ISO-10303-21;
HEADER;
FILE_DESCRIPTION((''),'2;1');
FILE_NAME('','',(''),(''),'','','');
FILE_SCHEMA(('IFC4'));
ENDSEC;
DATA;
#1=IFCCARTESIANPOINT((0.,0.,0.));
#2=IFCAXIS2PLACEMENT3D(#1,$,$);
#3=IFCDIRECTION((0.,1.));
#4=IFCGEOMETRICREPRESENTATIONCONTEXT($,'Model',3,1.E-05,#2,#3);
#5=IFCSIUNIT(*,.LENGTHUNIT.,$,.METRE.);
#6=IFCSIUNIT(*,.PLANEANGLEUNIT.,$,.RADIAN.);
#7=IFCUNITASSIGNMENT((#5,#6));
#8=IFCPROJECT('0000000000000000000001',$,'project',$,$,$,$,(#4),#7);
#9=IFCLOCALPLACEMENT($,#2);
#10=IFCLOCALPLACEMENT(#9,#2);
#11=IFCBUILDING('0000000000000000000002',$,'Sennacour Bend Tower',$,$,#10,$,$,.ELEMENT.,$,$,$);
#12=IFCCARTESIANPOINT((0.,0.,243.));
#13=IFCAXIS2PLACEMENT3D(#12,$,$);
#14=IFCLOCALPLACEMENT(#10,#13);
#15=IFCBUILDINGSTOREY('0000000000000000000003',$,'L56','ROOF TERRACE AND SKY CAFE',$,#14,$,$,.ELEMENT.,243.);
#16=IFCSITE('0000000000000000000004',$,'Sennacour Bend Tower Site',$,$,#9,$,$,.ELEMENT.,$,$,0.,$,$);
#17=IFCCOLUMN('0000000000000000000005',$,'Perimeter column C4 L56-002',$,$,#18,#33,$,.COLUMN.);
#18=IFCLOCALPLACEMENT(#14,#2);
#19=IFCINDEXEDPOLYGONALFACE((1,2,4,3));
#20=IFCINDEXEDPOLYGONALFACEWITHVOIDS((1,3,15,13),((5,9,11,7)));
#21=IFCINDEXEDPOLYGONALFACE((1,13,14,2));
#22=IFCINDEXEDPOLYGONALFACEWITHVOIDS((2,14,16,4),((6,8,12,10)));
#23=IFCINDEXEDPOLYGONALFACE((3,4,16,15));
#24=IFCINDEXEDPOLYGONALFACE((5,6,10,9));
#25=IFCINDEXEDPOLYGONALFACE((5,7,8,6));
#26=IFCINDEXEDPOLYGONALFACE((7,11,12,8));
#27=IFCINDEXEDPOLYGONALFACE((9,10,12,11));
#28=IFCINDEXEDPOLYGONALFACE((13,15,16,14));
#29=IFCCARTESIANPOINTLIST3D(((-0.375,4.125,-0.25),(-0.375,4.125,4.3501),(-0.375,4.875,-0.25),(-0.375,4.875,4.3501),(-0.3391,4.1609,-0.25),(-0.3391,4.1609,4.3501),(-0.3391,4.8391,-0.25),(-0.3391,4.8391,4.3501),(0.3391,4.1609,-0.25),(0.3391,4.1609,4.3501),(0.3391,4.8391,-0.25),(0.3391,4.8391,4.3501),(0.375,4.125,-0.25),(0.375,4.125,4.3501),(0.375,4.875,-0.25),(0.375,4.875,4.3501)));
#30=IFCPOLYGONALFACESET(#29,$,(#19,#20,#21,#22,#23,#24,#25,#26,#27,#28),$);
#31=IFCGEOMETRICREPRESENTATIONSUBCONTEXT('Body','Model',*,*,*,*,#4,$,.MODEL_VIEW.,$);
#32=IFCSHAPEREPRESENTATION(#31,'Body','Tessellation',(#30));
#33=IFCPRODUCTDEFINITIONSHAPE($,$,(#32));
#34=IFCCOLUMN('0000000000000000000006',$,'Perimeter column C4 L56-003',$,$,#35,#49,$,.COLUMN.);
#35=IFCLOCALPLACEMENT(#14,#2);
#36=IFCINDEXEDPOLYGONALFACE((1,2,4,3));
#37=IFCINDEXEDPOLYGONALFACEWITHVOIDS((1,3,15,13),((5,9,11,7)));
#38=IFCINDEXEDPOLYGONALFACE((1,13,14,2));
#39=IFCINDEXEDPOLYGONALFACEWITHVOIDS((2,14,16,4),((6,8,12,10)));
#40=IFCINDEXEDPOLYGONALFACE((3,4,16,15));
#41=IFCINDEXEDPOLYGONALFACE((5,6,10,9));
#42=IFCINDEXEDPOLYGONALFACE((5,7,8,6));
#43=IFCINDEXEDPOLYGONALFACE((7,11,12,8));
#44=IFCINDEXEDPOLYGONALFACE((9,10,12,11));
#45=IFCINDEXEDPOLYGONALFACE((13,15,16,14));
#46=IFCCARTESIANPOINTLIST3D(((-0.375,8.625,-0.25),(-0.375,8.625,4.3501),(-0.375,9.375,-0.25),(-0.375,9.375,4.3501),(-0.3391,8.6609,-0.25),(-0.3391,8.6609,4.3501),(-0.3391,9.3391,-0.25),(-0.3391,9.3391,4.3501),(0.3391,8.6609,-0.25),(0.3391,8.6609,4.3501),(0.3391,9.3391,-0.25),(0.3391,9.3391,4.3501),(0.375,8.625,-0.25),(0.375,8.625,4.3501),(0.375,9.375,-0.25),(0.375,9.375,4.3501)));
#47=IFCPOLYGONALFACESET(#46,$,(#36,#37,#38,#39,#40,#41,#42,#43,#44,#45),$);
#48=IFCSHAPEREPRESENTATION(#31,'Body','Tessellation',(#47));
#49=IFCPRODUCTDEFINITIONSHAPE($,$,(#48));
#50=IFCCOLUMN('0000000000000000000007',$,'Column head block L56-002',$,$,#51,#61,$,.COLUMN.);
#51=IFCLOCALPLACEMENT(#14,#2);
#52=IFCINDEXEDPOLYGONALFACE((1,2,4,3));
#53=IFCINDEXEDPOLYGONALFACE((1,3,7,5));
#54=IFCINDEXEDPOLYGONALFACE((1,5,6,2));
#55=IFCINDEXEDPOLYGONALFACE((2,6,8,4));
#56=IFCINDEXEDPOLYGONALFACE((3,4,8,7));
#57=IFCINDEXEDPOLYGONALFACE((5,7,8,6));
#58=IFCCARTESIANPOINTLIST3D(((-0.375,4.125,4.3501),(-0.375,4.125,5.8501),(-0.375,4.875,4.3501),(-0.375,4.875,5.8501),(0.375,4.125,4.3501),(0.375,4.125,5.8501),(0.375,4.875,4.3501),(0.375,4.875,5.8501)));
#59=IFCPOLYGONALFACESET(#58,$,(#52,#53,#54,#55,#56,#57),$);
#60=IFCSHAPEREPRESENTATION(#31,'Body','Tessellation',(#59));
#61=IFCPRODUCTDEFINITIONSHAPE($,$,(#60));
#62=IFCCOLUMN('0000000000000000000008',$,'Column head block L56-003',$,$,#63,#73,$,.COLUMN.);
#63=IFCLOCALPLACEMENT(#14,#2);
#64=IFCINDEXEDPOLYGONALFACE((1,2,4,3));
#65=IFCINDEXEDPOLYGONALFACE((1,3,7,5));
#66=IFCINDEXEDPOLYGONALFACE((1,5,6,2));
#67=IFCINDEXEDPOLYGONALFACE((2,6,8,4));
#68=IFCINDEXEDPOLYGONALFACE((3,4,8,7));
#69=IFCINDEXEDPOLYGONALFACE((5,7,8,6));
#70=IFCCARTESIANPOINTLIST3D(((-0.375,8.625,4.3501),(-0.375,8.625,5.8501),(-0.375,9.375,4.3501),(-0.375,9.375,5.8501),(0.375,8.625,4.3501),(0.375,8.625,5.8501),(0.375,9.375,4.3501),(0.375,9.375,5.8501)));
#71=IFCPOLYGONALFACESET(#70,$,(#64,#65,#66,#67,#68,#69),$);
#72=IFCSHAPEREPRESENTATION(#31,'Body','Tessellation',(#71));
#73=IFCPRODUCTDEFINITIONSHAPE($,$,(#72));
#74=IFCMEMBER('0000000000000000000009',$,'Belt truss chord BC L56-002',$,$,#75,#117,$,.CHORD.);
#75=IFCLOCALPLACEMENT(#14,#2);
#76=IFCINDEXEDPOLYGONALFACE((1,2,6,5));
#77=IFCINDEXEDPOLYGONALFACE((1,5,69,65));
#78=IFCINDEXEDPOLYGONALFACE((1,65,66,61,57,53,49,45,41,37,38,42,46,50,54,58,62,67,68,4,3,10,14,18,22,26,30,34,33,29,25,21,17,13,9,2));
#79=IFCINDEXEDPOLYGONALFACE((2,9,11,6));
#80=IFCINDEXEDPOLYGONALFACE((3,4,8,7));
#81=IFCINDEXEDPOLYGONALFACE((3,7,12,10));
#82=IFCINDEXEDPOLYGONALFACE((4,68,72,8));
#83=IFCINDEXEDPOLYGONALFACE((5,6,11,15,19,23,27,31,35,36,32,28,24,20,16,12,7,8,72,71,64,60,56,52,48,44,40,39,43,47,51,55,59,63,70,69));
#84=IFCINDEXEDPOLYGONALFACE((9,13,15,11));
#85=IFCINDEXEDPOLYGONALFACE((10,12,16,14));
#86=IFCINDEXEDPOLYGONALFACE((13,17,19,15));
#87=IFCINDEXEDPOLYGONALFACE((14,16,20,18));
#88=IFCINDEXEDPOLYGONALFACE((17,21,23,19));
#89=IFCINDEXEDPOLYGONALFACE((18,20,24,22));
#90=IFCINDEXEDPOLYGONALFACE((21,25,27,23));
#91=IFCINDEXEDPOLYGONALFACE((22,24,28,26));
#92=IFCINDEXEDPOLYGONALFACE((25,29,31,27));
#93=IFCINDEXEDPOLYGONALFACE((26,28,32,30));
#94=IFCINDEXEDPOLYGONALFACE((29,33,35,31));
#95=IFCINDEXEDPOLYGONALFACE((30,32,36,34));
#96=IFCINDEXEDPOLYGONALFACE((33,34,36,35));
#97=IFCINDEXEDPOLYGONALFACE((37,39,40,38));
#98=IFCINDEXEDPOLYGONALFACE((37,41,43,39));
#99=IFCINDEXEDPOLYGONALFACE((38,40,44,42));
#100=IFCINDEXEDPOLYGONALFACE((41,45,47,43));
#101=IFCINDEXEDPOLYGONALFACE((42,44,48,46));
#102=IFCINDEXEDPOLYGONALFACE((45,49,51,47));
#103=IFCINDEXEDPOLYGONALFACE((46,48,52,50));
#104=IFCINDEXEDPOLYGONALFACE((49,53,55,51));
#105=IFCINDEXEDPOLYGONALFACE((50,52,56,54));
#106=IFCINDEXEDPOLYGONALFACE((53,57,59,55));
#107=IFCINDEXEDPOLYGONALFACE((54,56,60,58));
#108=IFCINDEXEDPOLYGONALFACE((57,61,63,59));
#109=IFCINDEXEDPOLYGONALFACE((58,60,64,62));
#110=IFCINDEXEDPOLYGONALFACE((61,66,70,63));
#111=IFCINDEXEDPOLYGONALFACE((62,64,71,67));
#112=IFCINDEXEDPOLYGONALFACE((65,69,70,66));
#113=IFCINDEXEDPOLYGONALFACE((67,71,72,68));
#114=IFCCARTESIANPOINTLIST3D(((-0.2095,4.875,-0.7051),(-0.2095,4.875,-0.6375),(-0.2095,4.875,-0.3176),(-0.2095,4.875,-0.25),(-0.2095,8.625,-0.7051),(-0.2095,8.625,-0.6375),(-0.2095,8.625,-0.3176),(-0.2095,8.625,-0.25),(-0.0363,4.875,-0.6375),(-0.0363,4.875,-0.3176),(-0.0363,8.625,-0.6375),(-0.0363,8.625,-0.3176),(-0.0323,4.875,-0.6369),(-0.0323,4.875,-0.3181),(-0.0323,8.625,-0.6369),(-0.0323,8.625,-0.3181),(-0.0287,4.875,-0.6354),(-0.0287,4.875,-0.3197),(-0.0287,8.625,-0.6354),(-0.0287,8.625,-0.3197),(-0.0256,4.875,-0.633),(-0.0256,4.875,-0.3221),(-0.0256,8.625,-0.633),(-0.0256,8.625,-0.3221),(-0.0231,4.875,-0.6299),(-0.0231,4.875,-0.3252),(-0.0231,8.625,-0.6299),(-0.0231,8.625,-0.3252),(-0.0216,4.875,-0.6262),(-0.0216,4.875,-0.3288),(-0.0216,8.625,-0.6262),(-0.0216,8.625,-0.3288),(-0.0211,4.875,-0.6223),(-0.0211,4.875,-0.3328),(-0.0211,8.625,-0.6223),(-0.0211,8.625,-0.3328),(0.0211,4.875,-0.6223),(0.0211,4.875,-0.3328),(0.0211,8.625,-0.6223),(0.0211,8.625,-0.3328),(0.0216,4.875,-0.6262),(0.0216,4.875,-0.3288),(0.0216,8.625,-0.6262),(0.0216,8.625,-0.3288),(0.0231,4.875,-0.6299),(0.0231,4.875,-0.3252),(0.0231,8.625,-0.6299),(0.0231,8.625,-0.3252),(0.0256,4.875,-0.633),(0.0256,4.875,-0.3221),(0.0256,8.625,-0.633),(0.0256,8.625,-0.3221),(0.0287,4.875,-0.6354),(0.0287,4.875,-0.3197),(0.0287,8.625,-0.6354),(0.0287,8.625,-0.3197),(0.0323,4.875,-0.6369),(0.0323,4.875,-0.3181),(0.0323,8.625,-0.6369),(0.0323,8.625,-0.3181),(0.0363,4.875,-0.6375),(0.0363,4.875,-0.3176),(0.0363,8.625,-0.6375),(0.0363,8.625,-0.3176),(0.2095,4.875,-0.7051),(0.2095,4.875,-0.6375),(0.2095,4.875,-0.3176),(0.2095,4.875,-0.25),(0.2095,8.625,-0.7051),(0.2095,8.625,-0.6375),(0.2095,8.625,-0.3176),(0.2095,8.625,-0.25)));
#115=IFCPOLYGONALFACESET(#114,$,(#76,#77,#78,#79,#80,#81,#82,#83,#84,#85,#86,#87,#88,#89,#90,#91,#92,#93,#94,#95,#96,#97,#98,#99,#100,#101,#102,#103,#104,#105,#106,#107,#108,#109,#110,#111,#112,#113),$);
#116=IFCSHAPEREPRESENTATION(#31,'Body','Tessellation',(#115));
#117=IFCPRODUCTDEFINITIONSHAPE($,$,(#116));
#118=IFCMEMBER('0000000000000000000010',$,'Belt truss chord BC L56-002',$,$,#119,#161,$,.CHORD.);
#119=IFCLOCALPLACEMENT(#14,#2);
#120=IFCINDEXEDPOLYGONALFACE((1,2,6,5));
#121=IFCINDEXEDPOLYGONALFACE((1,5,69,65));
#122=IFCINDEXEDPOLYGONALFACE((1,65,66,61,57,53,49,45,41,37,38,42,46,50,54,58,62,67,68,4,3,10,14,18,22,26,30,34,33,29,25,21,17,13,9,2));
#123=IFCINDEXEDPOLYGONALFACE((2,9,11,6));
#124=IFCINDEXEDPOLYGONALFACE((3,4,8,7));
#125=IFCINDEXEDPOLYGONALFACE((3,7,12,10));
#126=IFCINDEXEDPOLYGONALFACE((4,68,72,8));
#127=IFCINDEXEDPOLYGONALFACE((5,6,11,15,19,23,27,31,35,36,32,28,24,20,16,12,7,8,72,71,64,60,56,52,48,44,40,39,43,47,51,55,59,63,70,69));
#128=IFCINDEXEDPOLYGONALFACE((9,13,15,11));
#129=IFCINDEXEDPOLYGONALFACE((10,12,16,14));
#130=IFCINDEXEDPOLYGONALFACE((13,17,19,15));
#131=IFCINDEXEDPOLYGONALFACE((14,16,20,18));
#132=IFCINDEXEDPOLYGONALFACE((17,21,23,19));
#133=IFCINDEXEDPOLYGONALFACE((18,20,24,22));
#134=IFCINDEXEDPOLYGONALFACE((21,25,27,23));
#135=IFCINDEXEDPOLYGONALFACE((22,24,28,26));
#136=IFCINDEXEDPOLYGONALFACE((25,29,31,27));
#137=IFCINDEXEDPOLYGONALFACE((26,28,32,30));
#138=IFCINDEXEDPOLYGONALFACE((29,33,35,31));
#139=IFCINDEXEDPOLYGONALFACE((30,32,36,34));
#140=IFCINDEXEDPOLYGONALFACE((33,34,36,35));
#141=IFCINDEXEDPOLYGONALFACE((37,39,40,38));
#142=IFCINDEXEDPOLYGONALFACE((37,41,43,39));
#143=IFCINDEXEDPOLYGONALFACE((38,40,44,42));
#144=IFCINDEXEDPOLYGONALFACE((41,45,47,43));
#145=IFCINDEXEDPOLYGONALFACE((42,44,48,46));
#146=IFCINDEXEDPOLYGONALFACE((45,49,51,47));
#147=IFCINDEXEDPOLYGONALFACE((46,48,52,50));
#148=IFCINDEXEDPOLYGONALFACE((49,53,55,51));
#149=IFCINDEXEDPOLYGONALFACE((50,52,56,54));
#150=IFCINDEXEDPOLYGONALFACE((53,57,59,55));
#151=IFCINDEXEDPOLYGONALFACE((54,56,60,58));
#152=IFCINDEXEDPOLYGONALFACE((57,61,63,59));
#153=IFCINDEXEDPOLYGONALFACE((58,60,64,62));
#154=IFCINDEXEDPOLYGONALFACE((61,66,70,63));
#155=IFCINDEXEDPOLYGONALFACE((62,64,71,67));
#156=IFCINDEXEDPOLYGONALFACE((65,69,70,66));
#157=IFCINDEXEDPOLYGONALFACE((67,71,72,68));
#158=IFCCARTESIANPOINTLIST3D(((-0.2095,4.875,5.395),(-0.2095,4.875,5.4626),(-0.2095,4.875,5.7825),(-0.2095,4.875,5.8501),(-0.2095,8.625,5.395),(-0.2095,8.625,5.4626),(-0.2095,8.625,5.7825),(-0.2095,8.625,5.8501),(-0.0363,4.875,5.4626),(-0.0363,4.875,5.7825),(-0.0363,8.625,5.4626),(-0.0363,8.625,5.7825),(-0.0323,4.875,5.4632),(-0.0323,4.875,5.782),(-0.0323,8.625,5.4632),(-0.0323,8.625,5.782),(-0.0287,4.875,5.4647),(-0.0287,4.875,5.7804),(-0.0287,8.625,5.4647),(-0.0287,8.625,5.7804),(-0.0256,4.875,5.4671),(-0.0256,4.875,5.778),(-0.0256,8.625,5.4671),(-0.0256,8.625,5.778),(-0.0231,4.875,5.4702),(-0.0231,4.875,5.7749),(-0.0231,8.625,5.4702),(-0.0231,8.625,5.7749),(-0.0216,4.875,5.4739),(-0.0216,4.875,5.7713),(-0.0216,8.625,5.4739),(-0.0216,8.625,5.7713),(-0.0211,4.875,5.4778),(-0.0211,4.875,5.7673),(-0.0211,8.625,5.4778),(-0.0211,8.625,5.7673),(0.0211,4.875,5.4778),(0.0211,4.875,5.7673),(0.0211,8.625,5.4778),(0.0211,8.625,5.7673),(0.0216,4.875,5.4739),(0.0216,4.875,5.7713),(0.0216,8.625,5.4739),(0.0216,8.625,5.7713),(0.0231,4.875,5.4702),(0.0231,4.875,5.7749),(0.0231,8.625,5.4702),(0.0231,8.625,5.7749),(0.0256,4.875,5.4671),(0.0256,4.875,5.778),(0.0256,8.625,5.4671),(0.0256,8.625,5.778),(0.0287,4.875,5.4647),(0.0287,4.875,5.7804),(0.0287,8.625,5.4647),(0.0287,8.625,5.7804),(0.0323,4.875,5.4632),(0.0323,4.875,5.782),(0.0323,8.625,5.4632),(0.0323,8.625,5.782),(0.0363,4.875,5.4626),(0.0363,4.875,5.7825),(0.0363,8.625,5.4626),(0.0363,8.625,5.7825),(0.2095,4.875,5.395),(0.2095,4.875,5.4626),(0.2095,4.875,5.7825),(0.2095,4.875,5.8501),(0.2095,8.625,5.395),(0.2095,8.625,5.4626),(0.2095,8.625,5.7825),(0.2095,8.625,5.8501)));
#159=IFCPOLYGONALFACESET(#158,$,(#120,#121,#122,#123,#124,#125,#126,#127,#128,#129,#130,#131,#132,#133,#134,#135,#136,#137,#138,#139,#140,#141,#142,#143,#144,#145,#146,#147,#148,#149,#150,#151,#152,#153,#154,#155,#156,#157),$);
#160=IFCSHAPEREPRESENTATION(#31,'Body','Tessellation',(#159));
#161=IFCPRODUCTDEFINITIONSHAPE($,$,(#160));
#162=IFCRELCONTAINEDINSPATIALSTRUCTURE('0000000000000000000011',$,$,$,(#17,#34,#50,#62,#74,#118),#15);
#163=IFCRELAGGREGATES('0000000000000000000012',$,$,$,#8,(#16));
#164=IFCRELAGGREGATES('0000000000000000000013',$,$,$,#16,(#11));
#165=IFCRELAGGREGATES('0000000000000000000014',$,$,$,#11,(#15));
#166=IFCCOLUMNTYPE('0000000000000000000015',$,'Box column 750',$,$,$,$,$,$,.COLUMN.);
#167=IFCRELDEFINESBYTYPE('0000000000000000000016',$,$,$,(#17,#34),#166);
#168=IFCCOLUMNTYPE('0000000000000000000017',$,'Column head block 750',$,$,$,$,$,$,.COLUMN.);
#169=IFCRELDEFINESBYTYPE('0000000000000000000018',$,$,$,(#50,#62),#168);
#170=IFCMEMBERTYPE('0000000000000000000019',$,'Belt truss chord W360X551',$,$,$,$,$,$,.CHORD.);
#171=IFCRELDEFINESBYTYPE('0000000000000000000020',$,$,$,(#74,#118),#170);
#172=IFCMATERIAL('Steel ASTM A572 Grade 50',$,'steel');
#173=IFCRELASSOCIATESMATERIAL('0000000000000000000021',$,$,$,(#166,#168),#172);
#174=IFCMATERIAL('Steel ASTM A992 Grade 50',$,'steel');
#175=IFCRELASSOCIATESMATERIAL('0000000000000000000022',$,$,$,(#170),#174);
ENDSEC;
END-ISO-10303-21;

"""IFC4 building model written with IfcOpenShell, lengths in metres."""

from ifc_helpers import new_model, si_unit, direction, frame, origin, origin_2d, place, context, subcontext, project, spatial, rectangle, hollow_rectangle, i_section, extrude, material, material_profile, profile_set, type_object, element, save


model = new_model("IFC4")

# Units and contexts
model_context = context("Model", 3, precision=1e-05, world=origin(), true_north=direction((0.0, 1.0)))
body_context = subcontext(model_context, "Body", "Model", "MODEL_VIEW")
ifc_project = project(units=[si_unit("LENGTHUNIT", "METRE"), si_unit("PLANEANGLEUNIT", "RADIAN")], contexts=[model_context])

# Site, building, storey
site_placement = place(None, origin())
site = spatial("IfcSite", under=ifc_project, at=site_placement, Name="Sennacour Bend Tower Site", CompositionType="ELEMENT", RefElevation=0.0)
building_placement = place(site_placement, origin())
building = spatial("IfcBuilding", under=site, at=building_placement, Name="Sennacour Bend Tower", CompositionType="ELEMENT")
storey_placement = place(building_placement, frame((0.0, 0.0, 243.0)))
storey = spatial("IfcBuildingStorey", under=building, at=storey_placement, Name="L56", Description="ROOF TERRACE AND SKY CAFE", CompositionType="ELEMENT", Elevation=243.0)

# Columns
ifc_material_1 = material(Name="Steel ASTM A572 Grade 50", Category="steel")
ifc_material_profile_1 = material_profile(ifc_material_1, hollow_rectangle(XDim=0.75, YDim=0.75, WallThickness=0.0359, at=origin_2d()), Name="Steel ASTM A572 Grade 50", Category="steel")
ifc_profile_set_1 = profile_set([ifc_material_profile_1], Name="Steel ASTM A572 Grade 50")
column_type_1 = type_object("IfcColumnType", Name="Box column 750", PredefinedType="COLUMN", material=ifc_profile_set_1)
for number, where, z_axis, x_axis, name in (
    (1, (0.0, 4.5, -0.25), (0.0, 0.0, 1.0), (1.0, 0.0, 0.0), "Perimeter column C4 L56-002"),
    (2, (0.0, 9.0, -0.25), (0.0, 0.0, 1.0), (1.0, 0.0, 0.0), "Perimeter column C4 L56-003"),
):
    element("IfcColumn", number, at=place(storey_placement, frame(where, z_axis=z_axis, x_axis=x_axis)), inside=storey, type_object=column_type_1, Name=name, PredefinedType="COLUMN", context=body_context, shape_type="SweptSolid", body=[
        extrude(hollow_rectangle(XDim=0.75, YDim=0.75, WallThickness=0.0359, at=origin_2d()), origin(), (0.0, 0.0, 1.0), 4.6001),
    ])
ifc_material_profile_2 = material_profile(ifc_material_1, rectangle(XDim=0.75, YDim=0.75, at=origin_2d()), Name="Steel ASTM A572 Grade 50", Category="steel")
ifc_profile_set_2 = profile_set([ifc_material_profile_2], Name="Steel ASTM A572 Grade 50")
column_type_2 = type_object("IfcColumnType", Name="Column head block 750", PredefinedType="COLUMN", material=ifc_profile_set_2)
for number, where, z_axis, x_axis, name in (
    (3, (0.0, 4.5, 4.3501), (0.0, 0.0, 1.0), (1.0, 0.0, 0.0), "Column head block L56-002"),
    (4, (0.0, 9.0, 4.3501), (0.0, 0.0, 1.0), (1.0, 0.0, 0.0), "Column head block L56-003"),
):
    element("IfcColumn", number, at=place(storey_placement, frame(where, z_axis=z_axis, x_axis=x_axis)), inside=storey, type_object=column_type_2, Name=name, PredefinedType="COLUMN", context=body_context, shape_type="SweptSolid", body=[
        extrude(rectangle(XDim=0.75, YDim=0.75, at=origin_2d()), origin(), (0.0, 0.0, 1.0), 1.5),
    ])

# Members
ifc_material_2 = material(Name="Steel ASTM A992 Grade 50", Category="steel")
ifc_material_profile_3 = material_profile(ifc_material_2, i_section(OverallWidth=0.4189, OverallDepth=0.4551, WebThickness=0.0422, FlangeThickness=0.0676, FilletRadius=0.0151, at=origin_2d()), Name="Steel ASTM A992 Grade 50", Category="steel")
ifc_profile_set_3 = profile_set([ifc_material_profile_3], Name="Steel ASTM A992 Grade 50")
member_type_1 = type_object("IfcMemberType", Name="Belt truss chord W360X551", PredefinedType="CHORD", material=ifc_profile_set_3)
for number, where, z_axis, x_axis, name in (
    (5, (0.0, 4.875, -0.4775), (0.0, 1.0, 0.0), (-1.0, 0.0, 0.0), "Belt truss chord BC L56-002"),
    (6, (0.0, 4.875, 5.6226), (0.0, 1.0, 0.0), (-1.0, 0.0, 0.0), "Belt truss chord BC L56-002"),
):
    element("IfcMember", number, at=place(storey_placement, frame(where, z_axis=z_axis, x_axis=x_axis)), inside=storey, type_object=member_type_1, Name=name, PredefinedType="CHORD", context=body_context, shape_type="SweptSolid", body=[
        extrude(i_section(OverallWidth=0.4189, OverallDepth=0.4551, WebThickness=0.0422, FlangeThickness=0.0676, FilletRadius=0.0151, at=origin_2d()), origin(), (0.0, 0.0, 1.0), 3.75),
    ])

save(model, "model.ifc")
